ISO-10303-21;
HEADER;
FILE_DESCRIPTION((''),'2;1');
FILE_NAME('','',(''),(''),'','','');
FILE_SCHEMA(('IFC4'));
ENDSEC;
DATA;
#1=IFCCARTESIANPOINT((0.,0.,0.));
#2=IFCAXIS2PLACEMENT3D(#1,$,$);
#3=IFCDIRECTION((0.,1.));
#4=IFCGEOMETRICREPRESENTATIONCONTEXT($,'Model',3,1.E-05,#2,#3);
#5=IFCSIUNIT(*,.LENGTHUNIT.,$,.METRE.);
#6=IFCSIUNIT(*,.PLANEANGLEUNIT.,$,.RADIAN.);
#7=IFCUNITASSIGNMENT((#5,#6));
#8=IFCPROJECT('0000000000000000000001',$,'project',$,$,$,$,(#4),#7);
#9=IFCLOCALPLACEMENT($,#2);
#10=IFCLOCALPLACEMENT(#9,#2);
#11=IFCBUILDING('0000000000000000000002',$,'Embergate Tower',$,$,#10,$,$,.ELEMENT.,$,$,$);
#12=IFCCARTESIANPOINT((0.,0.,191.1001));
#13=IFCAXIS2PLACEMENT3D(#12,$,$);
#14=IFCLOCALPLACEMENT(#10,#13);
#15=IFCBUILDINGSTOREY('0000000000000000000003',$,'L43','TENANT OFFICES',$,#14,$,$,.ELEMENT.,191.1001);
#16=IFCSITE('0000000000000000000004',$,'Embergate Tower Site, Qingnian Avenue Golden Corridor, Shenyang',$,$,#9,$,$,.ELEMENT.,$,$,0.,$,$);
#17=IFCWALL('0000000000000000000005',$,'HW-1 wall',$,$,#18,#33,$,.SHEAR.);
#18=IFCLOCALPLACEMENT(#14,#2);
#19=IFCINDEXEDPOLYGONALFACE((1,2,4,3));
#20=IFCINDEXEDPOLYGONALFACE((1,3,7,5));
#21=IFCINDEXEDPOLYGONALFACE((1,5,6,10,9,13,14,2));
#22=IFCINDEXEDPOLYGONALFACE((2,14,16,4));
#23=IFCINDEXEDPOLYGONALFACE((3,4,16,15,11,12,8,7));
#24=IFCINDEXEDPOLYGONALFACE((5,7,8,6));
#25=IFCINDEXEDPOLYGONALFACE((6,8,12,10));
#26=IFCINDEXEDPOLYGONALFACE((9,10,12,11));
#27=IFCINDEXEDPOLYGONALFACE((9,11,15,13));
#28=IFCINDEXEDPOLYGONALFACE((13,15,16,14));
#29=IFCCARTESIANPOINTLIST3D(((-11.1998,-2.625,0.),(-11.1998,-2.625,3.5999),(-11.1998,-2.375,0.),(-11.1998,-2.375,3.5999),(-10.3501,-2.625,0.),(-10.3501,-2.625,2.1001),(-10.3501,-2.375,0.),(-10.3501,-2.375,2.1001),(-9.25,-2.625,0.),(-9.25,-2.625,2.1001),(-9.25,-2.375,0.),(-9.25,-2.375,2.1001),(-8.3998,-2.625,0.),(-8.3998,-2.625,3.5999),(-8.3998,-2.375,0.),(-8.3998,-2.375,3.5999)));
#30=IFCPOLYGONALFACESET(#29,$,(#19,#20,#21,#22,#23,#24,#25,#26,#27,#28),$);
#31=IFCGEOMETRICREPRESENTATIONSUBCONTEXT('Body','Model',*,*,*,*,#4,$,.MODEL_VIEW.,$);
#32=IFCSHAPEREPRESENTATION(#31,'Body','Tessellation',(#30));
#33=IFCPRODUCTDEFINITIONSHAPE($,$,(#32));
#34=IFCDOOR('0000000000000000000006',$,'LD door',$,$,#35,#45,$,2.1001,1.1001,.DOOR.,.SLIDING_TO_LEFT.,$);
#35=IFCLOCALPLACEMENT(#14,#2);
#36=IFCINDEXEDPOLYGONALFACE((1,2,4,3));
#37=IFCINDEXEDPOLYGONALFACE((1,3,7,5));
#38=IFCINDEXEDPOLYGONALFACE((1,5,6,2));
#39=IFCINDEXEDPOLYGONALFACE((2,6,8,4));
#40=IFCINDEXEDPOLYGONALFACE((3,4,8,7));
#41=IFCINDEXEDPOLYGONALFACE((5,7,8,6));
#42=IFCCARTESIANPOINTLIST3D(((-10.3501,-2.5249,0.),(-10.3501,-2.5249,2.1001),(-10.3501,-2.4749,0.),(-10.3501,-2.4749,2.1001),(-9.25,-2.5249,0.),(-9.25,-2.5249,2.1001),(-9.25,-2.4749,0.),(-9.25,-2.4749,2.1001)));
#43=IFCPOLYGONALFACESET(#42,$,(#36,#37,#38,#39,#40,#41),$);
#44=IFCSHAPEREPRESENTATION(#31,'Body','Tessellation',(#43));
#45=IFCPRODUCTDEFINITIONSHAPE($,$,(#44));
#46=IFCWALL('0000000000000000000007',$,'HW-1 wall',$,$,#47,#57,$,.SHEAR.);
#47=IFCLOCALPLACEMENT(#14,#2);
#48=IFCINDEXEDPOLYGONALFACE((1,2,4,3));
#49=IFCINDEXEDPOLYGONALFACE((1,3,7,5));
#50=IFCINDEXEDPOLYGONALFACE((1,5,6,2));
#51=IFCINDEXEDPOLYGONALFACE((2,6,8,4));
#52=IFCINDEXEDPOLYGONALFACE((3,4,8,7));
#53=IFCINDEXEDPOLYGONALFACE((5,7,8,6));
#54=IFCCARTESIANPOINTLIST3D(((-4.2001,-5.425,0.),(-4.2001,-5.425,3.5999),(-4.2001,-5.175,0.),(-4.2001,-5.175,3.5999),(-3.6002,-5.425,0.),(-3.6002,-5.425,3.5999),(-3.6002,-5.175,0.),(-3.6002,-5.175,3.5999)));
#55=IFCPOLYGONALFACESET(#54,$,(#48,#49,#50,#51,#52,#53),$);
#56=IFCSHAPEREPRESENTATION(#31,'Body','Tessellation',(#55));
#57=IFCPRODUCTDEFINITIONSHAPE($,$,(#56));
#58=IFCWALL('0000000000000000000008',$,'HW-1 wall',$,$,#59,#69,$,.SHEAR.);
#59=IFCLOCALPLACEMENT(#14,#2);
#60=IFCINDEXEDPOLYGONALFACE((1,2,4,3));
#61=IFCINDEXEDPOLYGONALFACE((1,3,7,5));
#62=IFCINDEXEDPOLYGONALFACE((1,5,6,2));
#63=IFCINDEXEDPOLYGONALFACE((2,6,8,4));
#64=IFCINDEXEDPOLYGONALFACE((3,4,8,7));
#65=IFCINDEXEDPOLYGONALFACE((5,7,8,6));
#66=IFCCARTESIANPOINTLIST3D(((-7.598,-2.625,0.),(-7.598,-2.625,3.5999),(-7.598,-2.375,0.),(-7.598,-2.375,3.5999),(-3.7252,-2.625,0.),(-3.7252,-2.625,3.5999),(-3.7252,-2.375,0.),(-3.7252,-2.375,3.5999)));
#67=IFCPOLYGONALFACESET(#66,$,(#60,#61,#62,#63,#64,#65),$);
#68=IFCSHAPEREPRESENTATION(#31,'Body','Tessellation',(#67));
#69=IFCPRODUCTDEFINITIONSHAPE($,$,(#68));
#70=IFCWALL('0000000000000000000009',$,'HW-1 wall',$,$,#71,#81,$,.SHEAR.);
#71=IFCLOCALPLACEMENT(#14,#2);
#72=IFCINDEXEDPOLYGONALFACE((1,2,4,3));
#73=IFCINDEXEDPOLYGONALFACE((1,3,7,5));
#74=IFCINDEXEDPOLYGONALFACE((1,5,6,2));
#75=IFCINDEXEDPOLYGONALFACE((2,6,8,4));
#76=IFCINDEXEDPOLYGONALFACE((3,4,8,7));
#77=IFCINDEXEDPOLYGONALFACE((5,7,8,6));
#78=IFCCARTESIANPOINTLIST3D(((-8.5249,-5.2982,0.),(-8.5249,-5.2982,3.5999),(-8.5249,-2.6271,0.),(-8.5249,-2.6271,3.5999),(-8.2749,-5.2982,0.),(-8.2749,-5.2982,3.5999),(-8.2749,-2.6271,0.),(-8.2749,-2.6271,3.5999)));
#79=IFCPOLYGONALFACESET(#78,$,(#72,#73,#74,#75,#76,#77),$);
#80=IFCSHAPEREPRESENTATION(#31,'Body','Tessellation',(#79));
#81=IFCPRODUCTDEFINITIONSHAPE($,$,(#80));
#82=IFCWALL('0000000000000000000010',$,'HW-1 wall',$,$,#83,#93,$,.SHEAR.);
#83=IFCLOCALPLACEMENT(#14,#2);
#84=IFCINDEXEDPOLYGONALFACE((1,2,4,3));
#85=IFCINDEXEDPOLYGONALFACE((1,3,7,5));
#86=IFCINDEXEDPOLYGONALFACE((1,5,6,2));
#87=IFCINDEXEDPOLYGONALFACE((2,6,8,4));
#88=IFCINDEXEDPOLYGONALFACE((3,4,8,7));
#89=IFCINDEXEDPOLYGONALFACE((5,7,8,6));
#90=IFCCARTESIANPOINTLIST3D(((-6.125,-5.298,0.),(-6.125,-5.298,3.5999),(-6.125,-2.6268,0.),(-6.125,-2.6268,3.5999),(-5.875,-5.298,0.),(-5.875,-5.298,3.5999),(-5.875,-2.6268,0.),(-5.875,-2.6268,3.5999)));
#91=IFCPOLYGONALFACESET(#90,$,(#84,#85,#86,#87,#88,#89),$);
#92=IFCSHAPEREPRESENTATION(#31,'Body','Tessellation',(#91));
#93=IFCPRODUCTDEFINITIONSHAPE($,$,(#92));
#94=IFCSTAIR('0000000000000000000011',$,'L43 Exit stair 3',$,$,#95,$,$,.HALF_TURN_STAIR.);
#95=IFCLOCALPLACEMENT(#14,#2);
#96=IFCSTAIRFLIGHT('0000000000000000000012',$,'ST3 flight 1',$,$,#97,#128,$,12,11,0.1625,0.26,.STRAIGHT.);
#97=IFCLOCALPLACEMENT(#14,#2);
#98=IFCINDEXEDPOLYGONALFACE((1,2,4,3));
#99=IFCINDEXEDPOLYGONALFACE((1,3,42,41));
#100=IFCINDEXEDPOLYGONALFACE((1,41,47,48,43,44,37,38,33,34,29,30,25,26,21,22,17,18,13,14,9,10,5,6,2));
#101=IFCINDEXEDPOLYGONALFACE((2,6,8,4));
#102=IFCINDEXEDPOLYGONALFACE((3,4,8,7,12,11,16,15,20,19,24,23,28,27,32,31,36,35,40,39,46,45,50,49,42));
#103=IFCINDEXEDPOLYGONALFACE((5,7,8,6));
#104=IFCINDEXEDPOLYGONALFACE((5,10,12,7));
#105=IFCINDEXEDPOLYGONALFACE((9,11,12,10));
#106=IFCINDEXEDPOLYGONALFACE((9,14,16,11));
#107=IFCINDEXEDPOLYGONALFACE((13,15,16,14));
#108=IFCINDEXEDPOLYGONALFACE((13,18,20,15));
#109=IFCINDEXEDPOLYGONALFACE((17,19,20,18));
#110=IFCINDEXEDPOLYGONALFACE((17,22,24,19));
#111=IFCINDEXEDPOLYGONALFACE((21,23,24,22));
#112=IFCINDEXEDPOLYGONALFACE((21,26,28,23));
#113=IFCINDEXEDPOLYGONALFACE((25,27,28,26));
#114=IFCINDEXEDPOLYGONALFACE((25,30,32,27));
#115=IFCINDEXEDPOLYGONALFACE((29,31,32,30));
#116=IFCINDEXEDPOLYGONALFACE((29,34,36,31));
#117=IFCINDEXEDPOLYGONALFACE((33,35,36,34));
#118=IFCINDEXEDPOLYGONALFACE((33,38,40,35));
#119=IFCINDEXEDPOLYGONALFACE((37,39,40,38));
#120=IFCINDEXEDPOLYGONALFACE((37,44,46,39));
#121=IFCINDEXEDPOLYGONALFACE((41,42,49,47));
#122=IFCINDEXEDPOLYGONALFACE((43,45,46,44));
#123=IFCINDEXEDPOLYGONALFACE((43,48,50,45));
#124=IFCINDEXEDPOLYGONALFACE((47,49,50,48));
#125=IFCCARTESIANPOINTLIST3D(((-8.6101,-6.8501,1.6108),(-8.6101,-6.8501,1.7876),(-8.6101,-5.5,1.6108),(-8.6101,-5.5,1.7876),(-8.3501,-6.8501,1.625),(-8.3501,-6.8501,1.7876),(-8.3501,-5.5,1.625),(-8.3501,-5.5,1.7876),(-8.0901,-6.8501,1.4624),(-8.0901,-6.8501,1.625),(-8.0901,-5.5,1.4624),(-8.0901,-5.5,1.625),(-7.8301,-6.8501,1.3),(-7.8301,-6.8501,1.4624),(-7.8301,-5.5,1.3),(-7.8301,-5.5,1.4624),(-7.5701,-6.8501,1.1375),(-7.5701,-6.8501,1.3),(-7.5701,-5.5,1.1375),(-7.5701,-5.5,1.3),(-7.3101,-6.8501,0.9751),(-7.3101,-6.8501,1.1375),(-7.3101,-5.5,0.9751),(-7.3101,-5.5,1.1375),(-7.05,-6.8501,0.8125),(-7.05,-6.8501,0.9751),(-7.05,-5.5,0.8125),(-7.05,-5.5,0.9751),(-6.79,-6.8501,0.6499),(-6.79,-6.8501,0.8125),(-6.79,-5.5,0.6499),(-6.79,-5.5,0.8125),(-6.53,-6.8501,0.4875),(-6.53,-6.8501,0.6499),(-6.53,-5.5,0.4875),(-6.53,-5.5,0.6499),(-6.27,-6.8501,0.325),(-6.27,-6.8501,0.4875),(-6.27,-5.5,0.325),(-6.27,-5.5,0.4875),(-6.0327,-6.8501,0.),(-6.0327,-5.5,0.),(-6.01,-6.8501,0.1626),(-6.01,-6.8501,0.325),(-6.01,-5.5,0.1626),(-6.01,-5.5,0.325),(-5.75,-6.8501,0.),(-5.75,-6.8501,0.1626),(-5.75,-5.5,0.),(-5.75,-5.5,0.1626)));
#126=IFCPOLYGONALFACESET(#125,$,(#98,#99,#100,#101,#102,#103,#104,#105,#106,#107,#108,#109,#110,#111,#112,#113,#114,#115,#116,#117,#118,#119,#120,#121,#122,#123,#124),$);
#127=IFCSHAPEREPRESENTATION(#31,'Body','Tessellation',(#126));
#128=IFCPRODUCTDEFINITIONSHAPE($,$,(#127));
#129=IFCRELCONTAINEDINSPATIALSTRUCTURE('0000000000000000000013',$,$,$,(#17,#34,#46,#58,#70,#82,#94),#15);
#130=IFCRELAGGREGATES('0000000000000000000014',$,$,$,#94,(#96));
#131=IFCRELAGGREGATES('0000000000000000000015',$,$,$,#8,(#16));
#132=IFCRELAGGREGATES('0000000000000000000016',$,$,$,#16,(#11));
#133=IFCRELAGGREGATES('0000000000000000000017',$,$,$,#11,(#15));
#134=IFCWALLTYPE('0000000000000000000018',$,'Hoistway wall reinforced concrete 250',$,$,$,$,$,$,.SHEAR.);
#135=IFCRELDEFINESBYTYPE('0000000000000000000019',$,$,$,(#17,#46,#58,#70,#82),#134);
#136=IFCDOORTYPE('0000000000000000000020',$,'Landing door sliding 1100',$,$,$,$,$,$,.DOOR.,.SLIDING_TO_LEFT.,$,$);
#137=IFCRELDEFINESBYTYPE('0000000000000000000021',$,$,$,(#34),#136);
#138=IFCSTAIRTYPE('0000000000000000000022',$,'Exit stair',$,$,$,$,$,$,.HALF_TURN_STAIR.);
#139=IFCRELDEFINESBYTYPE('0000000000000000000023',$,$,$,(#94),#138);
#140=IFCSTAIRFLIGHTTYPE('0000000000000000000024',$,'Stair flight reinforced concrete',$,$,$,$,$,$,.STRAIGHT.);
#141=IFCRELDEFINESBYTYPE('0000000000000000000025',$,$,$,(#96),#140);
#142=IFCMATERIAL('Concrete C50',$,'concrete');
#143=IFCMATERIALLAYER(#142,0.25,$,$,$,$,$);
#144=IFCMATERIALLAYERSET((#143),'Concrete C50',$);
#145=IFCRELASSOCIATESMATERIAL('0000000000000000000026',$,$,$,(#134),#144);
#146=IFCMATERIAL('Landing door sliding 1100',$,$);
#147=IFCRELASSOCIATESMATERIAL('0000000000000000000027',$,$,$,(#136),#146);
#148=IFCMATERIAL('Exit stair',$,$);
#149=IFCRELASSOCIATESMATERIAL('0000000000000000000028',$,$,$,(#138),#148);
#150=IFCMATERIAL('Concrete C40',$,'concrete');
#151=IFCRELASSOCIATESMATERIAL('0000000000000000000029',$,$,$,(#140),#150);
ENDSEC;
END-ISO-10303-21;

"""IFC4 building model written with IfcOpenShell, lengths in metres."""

from ifc_helpers import new_model, si_unit, direction, frame, frame_2d, origin, place, context, subcontext, project, spatial, polyline, rectangle, outline, extrude, source, transform, mapped, material, layer, layer_set, type_object, element, fill, aggregate, save


model = new_model("IFC4")

# Units and contexts
model_context = context("Model", 3, precision=1e-05, world=origin(), true_north=direction((0.0, 1.0)))
body_context = subcontext(model_context, "Body", "Model", "MODEL_VIEW")
ifc_project = project(units=[si_unit("LENGTHUNIT", "METRE"), si_unit("PLANEANGLEUNIT", "RADIAN")], contexts=[model_context])

# Site, building, storey
site_placement = place(None, origin())
site = spatial("IfcSite", under=ifc_project, at=site_placement, Name="Embergate Tower Site, Qingnian Avenue Golden Corridor, Shenyang", CompositionType="ELEMENT", RefElevation=0.0)
building_placement = place(site_placement, origin())
building = spatial("IfcBuilding", under=site, at=building_placement, Name="Embergate Tower", CompositionType="ELEMENT")
storey_placement = place(building_placement, frame((0.0, 0.0, 191.1001)))
storey = spatial("IfcBuildingStorey", under=building, at=storey_placement, Name="L43", Description="TENANT OFFICES", CompositionType="ELEMENT", Elevation=191.1001)

# Shared definitions
ifc_material_1 = material(Name="Concrete C50", Category="concrete")
ifc_layer_1 = layer(ifc_material_1, 0.25)
ifc_layer_set_1 = layer_set([ifc_layer_1], Name="Concrete C50")
wall_type_1 = type_object("IfcWallType", Name="Hoistway wall reinforced concrete 250", PredefinedType="SHEAR", material=ifc_layer_set_1)

# Wall, opening, door
shared_shape_1 = source(origin(), body_context, "Body", "SweptSolid", [
    extrude(rectangle(XDim=2.8, YDim=0.25, at=frame_2d((1.3999, 0.0))), origin(), (0.0, 0.0, 1.0), 3.5999),
])
wall_1_placement = place(storey_placement, frame((-8.3999, -2.5, 0.0), z_axis=(0.0, 0.0, 1.0), x_axis=(-1.0, 0.0, 0.0)))
wall_1 = element("IfcWall", 1, at=wall_1_placement, inside=storey, type_object=wall_type_1, Name="HW-1 wall", PredefinedType="SHEAR", context=body_context, shape_type="MappedRepresentation", body=[
    mapped(shared_shape_1, transform((0.0, 0.0, 0.0))),
])
shared_shape_2 = source(origin(), body_context, "Body", "SweptSolid", [
    extrude(rectangle(XDim=1.1001, YDim=2.1001, at=frame_2d((0.55, 1.05))), frame((0.0, 0.135, 0.0), z_axis=(0.0, -1.0, 0.0), x_axis=(1.0, 0.0, 0.0)), (0.0, 0.0, 1.0), 0.27),
])
opening_1_placement = place(wall_1_placement, frame((0.8501, 0.0, 0.0)))
opening_1 = element("IfcOpeningElement", 2, at=opening_1_placement, cuts=wall_1, PredefinedType="OPENING", context=body_context, shape_type="MappedRepresentation", body=[
    mapped(shared_shape_2, transform((0.0, 0.0, 0.0))),
])
ifc_material_2 = material(Name="Landing door sliding 1100")
door_type_1 = type_object("IfcDoorType", Name="Landing door sliding 1100", OperationType="SLIDING_TO_LEFT", PredefinedType="DOOR", material=ifc_material_2)
shared_shape_3 = source(origin(), body_context, "Body", "SweptSolid", [
    extrude(rectangle(XDim=1.1001, YDim=2.1001, at=frame_2d((0.55, 1.05))), frame((0.0, 0.0249, 0.0), z_axis=(0.0, -1.0, 0.0), x_axis=(1.0, 0.0, 0.0)), (0.0, 0.0, 1.0), 0.05),
])
door_1_placement = place(opening_1_placement, origin())
door_1 = element("IfcDoor", 3, at=door_1_placement, inside=storey, type_object=door_type_1, Name="LD door", OperationType="SLIDING_TO_LEFT", OverallHeight=2.1001, OverallWidth=1.1001, PredefinedType="DOOR", context=body_context, shape_type="MappedRepresentation", body=[
    mapped(shared_shape_3, transform((0.0, 0.0, 0.0))),
])
fill(opening_1, door_1)

# Walls
shared_shape_4 = source(origin(), body_context, "Body", "SweptSolid", [
    extrude(rectangle(XDim=0.5999, YDim=0.25, at=frame_2d((0.2998, 0.0))), origin(), (0.0, 0.0, 1.0), 3.5999),
])
wall_2_placement = place(storey_placement, frame((-4.2, -5.3, 0.0), z_axis=(0.0, 0.0, 1.0), x_axis=(1.0, 0.0, 0.0)))
element("IfcWall", 4, at=wall_2_placement, inside=storey, type_object=wall_type_1, Name="HW-1 wall", PredefinedType="SHEAR", context=body_context, shape_type="MappedRepresentation", body=[
    mapped(shared_shape_4, transform((0.0, 0.0, 0.0))),
])
shared_shape_5 = source(origin(), body_context, "Body", "SweptSolid", [
    extrude(rectangle(XDim=3.8728, YDim=0.25, at=frame_2d((1.9365, 0.0))), origin(), (0.0, 0.0, 1.0), 3.5999),
])
wall_3_placement = place(storey_placement, frame((-3.7251, -2.5, 0.0), z_axis=(0.0, 0.0, 1.0), x_axis=(-1.0, 0.0, 0.0)))
element("IfcWall", 5, at=wall_3_placement, inside=storey, type_object=wall_type_1, Name="HW-1 wall", PredefinedType="SHEAR", context=body_context, shape_type="MappedRepresentation", body=[
    mapped(shared_shape_5, transform((0.0, 0.0, 0.0))),
])
shared_shape_6 = source(origin(), body_context, "Body", "SweptSolid", [
    extrude(rectangle(XDim=2.6711, YDim=0.25, at=frame_2d((1.3354, 0.0))), origin(), (0.0, 0.0, 1.0), 3.5999),
])
for number, where, z_axis, x_axis, name in (
    (6, (-8.3999, -5.2981, 0.0), (0.0, 0.0, 1.0), (0.0, 1.0, 0.0), "HW-1 wall"),
    (7, (-6.0, -2.627, 0.0), (0.0, 0.0, 1.0), (0.0, -1.0, 0.0), "HW-1 wall"),
):
    element("IfcWall", number, at=place(storey_placement, frame(where, z_axis=z_axis, x_axis=x_axis)), inside=storey, type_object=wall_type_1, Name=name, PredefinedType="SHEAR", context=body_context, shape_type="MappedRepresentation", body=[
        mapped(shared_shape_6, transform((0.0, 0.0, 0.0))),
    ])

# Stair, stair flight
ifc_material_3 = material(Name="Exit stair")
stair_type = type_object("IfcStairType", Name="Exit stair", PredefinedType="HALF_TURN_STAIR", material=ifc_material_3)
stair_placement = place(storey_placement, origin())
stair = element("IfcStair", 8, at=stair_placement, inside=storey, type_object=stair_type, Name="L43 Exit stair 3", PredefinedType="HALF_TURN_STAIR")
ifc_material_4 = material(Name="Concrete C40", Category="concrete")
stair_flight_type = type_object("IfcStairFlightType", Name="Stair flight reinforced concrete", PredefinedType="STRAIGHT", material=ifc_material_4)
shared_shape_7 = source(origin(), body_context, "Body", "SweptSolid", [
    extrude(outline(polyline([(0.0, 0.0), (0.0, 0.1626), (0.26, 0.1626), (0.26, 0.325), (0.52, 0.325), (0.52, 0.4875), (0.78, 0.4875), (0.78, 0.6499), (1.04, 0.6499), (1.04, 0.8125), (1.3, 0.8125), (1.3, 0.9751), (1.5601, 0.9751), (1.5601, 1.1375), (1.8201, 1.1375), (1.8201, 1.3), (2.0801, 1.3), (2.0801, 1.4624), (2.3401, 1.4624), (2.3401, 1.625), (2.6001, 1.625), (2.6001, 1.7876), (2.8601, 1.7876), (2.8601, 1.95), (2.8601, 1.6108), (0.2827, 0.0), (0.0, 0.0)])), frame((0.0, 0.675, 0.0), z_axis=(0.0, -1.0, 0.0), x_axis=(1.0, 0.0, 0.0)), (0.0, 0.0, 1.0), 1.3501),
])
stair_flight_placement = place(storey_placement, frame((-5.75, -6.175, 0.0), z_axis=(0.0, 0.0, 1.0), x_axis=(-1.0, 0.0, 0.0)))
stair_flight = element("IfcStairFlight", 9, at=stair_flight_placement, type_object=stair_flight_type, Name="ST3 flight 1", NumberOfRisers=12, NumberOfTreads=11, PredefinedType="STRAIGHT", RiserHeight=0.1625, TreadLength=0.26, context=body_context, shape_type="MappedRepresentation", body=[
    mapped(shared_shape_7, transform((0.0, 0.0, 0.0))),
])
aggregate(stair, [stair_flight])

save(model, "model.ifc")
